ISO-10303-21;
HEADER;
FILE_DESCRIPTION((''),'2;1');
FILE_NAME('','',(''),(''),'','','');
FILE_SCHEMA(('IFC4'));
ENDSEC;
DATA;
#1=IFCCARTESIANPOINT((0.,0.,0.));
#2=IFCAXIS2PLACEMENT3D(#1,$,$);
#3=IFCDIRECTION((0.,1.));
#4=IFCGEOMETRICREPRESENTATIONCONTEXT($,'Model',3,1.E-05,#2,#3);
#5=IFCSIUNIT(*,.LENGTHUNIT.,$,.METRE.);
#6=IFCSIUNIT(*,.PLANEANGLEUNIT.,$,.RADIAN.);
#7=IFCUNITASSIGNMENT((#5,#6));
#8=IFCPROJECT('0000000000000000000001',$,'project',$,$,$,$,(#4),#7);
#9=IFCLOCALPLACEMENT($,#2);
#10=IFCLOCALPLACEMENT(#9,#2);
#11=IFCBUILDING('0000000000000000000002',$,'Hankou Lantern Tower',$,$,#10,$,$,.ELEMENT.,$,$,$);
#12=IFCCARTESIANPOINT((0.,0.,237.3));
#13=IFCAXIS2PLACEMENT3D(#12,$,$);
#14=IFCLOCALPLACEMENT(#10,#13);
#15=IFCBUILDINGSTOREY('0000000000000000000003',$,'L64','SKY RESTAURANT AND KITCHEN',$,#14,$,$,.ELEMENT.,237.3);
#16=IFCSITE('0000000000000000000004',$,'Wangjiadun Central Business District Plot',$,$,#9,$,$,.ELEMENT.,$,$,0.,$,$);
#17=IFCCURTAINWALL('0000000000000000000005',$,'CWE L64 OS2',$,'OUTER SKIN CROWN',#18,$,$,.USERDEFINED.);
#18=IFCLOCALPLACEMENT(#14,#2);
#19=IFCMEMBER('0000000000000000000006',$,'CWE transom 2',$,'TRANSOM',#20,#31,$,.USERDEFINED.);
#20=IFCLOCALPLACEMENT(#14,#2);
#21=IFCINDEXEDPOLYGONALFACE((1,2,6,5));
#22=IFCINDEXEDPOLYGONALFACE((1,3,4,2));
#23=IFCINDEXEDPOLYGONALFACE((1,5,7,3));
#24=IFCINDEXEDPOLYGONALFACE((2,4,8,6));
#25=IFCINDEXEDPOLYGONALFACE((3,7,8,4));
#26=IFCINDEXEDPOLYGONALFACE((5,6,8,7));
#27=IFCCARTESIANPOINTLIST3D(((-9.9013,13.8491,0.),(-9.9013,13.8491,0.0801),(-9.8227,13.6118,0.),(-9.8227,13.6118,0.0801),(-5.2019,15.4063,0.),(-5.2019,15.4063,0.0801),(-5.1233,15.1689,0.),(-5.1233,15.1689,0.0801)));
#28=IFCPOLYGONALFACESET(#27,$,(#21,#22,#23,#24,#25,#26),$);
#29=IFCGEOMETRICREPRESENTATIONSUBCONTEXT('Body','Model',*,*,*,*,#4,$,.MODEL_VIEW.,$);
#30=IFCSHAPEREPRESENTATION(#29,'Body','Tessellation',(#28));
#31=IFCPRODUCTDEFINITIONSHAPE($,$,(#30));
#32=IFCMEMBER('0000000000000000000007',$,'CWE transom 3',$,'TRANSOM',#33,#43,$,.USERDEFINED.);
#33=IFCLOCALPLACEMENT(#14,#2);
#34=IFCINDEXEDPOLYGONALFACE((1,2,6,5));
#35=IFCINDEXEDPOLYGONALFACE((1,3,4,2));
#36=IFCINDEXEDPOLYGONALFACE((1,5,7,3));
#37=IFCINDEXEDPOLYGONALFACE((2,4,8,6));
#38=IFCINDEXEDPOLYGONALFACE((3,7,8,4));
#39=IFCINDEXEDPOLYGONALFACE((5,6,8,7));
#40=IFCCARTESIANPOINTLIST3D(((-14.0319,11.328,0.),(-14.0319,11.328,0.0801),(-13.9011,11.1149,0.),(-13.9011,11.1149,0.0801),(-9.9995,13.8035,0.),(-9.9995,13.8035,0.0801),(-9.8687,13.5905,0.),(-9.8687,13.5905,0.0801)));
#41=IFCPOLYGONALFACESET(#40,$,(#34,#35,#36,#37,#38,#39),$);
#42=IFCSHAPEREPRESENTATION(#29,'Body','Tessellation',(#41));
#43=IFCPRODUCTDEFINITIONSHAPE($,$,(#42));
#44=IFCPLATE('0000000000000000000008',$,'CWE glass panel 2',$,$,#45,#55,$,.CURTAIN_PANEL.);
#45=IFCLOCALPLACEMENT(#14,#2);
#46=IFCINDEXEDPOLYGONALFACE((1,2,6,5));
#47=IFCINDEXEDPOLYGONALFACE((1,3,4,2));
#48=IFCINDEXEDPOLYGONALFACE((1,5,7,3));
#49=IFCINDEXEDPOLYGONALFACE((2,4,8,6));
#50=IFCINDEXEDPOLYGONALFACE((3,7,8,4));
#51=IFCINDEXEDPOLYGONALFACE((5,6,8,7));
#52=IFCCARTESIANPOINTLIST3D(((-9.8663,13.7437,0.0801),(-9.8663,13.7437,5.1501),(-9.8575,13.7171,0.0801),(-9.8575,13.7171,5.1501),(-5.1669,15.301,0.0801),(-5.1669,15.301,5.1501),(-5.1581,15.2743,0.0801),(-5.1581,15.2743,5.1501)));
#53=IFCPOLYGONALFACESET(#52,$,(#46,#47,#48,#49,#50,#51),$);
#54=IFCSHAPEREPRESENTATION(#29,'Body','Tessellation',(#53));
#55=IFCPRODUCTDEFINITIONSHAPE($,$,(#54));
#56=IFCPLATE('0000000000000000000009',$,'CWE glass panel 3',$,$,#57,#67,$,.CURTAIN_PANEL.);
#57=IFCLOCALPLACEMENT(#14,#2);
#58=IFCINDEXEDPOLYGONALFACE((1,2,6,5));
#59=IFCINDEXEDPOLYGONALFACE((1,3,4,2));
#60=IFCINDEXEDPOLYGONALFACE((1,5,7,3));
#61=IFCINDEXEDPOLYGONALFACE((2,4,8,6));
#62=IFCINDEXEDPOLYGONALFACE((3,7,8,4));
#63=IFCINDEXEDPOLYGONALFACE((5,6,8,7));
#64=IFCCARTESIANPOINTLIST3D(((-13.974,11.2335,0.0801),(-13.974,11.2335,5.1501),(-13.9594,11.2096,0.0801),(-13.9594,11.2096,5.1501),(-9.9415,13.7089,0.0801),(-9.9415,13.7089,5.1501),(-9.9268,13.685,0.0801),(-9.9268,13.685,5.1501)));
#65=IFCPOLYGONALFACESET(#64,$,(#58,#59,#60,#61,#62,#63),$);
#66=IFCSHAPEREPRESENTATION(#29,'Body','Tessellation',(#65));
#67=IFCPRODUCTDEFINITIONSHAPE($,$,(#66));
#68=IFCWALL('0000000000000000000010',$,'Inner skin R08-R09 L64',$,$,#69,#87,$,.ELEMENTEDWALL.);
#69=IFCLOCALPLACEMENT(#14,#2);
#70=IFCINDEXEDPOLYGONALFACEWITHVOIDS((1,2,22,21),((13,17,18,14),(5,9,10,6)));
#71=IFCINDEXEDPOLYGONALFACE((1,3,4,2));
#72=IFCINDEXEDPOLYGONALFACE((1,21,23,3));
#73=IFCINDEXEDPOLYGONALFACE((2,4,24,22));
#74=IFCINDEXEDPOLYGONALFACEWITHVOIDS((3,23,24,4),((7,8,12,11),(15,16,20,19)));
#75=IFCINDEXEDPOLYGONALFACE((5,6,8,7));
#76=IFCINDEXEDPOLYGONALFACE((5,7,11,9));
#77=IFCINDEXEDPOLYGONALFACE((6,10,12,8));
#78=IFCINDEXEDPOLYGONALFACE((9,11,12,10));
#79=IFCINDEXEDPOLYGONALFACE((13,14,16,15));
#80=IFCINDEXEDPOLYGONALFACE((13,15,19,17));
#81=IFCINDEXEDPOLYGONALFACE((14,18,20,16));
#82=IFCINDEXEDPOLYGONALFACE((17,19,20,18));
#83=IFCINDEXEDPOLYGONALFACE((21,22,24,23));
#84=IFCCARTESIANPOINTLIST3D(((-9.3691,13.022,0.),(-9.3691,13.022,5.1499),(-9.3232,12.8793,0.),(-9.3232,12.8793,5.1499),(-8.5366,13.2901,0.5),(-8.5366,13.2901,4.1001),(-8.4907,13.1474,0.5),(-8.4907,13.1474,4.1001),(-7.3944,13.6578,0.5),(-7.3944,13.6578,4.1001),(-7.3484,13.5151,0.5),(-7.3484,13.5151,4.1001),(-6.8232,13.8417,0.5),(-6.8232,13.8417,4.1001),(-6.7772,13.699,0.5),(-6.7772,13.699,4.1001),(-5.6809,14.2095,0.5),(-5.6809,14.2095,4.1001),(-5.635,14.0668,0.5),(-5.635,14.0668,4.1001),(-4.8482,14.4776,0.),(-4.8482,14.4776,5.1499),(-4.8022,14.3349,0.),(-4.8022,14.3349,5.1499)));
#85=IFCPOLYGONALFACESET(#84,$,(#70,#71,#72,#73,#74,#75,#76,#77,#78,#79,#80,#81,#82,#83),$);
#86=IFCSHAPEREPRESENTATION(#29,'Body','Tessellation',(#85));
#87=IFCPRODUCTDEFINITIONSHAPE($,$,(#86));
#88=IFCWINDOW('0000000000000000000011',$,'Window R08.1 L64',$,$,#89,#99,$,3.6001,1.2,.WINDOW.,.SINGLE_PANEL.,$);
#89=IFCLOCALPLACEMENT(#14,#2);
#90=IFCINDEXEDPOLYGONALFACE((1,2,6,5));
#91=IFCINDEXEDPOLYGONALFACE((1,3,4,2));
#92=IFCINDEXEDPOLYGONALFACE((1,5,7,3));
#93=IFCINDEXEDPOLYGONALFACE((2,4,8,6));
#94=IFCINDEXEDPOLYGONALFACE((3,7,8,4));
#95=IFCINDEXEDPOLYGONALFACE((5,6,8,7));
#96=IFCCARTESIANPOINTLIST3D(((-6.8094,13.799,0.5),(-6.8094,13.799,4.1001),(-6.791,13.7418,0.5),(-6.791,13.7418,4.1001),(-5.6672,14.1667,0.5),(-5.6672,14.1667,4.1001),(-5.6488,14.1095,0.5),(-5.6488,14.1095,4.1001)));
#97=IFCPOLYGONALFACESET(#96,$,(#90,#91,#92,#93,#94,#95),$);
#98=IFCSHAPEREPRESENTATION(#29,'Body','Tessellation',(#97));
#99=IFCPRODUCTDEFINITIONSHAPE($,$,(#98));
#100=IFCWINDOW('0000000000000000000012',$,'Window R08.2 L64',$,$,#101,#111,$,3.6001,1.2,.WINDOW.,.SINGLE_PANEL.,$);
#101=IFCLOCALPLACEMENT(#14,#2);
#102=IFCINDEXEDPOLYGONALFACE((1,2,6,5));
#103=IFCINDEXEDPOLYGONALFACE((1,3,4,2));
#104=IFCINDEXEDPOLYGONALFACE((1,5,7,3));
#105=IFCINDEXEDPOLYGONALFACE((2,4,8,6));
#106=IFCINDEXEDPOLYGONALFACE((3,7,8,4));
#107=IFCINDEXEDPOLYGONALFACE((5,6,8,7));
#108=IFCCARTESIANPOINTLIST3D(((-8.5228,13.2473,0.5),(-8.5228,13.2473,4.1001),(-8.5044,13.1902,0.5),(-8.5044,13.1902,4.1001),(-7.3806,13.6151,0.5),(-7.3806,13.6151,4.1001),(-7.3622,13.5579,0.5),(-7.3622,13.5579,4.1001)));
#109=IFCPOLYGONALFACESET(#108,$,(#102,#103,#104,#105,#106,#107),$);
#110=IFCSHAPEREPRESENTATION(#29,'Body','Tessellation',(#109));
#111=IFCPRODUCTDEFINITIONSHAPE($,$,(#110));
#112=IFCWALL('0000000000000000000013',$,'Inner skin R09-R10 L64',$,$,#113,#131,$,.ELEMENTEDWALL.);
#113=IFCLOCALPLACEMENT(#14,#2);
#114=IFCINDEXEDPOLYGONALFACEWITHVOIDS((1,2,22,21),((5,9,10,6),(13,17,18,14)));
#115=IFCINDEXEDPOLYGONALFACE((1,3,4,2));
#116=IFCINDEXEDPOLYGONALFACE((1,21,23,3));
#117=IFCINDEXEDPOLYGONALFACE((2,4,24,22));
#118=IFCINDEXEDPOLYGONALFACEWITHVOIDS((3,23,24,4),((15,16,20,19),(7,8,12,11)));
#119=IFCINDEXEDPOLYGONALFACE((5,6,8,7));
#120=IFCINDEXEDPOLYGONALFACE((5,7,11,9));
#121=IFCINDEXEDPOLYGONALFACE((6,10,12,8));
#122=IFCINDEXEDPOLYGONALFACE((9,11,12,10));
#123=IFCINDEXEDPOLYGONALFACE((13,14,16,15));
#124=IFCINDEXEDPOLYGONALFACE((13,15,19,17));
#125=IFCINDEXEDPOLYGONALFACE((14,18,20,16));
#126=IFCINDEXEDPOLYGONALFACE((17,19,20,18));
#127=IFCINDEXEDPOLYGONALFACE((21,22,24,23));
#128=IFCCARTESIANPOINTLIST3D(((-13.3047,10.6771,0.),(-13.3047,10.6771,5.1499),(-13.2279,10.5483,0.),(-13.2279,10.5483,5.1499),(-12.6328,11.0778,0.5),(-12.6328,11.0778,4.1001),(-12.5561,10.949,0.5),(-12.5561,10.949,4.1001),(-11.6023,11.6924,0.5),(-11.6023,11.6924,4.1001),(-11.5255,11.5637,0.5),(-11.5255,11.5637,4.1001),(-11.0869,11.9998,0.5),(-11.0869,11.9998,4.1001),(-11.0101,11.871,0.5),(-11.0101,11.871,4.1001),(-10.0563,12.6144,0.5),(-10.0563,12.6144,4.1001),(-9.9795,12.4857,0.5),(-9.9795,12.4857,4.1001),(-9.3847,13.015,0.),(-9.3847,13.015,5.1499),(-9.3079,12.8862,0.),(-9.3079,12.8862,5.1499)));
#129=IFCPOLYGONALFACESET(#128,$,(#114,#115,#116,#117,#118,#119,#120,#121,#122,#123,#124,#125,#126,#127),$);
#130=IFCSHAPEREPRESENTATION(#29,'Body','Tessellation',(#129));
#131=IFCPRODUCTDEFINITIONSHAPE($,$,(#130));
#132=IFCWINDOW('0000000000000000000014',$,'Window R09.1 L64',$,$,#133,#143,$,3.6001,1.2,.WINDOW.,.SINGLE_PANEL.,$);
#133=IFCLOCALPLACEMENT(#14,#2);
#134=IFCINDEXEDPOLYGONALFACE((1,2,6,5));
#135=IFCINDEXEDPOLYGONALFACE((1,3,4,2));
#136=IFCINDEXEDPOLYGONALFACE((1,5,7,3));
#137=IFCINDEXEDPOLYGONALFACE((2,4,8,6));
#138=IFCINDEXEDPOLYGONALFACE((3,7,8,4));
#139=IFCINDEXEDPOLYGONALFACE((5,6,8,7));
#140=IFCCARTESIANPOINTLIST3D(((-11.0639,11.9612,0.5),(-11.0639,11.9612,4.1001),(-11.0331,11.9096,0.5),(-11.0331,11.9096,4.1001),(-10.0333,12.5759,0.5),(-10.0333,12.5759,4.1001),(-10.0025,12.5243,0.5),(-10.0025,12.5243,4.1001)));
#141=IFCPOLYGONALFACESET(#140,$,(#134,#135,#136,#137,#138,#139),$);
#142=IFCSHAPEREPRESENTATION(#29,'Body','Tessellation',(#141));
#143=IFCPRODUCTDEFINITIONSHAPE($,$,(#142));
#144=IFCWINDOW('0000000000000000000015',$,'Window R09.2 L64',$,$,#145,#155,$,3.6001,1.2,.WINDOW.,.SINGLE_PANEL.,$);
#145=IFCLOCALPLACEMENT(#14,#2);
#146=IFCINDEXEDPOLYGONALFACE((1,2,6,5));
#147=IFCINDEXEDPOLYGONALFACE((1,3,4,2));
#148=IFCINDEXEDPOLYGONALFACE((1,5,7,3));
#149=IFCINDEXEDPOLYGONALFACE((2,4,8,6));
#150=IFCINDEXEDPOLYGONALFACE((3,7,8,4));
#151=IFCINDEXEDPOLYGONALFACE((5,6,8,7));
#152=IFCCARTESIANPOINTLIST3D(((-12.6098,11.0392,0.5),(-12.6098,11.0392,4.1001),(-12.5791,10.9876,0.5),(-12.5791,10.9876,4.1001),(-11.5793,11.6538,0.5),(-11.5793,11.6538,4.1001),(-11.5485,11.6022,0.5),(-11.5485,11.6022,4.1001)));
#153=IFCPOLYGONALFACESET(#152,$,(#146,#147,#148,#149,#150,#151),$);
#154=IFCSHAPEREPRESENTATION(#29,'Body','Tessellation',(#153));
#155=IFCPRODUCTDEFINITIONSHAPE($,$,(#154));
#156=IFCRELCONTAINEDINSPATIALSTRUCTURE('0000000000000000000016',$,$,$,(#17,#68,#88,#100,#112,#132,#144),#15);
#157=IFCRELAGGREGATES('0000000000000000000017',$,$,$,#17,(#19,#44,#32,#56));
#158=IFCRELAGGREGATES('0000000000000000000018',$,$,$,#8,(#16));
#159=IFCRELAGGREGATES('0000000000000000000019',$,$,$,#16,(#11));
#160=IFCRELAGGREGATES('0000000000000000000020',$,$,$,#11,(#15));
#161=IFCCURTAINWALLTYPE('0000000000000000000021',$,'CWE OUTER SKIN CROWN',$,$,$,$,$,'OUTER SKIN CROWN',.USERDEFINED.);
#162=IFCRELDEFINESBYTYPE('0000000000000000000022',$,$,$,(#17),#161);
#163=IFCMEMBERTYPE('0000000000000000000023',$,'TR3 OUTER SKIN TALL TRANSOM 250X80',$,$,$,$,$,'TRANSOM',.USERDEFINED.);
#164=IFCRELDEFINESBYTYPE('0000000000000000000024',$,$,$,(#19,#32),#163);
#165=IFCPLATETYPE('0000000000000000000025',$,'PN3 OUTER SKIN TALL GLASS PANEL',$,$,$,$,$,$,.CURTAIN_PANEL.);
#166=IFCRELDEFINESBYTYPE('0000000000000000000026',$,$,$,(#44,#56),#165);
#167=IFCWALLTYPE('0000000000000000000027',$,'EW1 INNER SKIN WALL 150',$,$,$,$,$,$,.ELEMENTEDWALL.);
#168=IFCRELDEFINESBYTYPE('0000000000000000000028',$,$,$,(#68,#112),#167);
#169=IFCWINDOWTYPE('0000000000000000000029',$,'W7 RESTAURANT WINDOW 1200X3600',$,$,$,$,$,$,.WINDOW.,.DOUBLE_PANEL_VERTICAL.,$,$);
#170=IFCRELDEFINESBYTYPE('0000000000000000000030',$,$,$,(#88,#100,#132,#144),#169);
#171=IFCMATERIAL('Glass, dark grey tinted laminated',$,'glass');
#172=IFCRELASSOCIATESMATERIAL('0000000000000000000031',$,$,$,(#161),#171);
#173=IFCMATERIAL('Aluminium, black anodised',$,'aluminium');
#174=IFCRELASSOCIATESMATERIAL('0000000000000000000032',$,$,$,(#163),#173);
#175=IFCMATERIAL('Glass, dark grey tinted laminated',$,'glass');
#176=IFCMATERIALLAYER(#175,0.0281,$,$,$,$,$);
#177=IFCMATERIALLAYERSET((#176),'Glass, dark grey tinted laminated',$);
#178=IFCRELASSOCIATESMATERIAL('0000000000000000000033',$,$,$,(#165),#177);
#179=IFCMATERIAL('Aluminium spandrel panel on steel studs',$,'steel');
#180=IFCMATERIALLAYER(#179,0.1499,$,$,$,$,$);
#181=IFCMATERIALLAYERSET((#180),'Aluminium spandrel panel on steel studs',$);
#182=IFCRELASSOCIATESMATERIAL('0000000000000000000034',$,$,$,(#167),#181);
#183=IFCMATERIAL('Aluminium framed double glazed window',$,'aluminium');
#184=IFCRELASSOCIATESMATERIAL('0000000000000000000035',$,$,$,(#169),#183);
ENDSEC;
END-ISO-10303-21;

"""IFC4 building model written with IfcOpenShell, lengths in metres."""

from ifc_helpers import new_model, si_unit, direction, frame, frame_2d, origin, origin_2d, place, context, subcontext, project, spatial, rectangle, extrude, material, layer, layer_set, material_profile, profile_set, type_object, element, fill, aggregate, save


model = new_model("IFC4")

# Units and contexts
model_context = context("Model", 3, precision=1e-05, world=origin(), true_north=direction((0.0, 1.0)))
body_context = subcontext(model_context, "Body", "Model", "MODEL_VIEW")
ifc_project = project(units=[si_unit("LENGTHUNIT", "METRE"), si_unit("PLANEANGLEUNIT", "RADIAN")], contexts=[model_context])

# Site, building, storey
site_placement = place(None, origin())
site = spatial("IfcSite", under=ifc_project, at=site_placement, Name="Wangjiadun Central Business District Plot", CompositionType="ELEMENT", RefElevation=0.0)
building_placement = place(site_placement, origin())
building = spatial("IfcBuilding", under=site, at=building_placement, Name="Hankou Lantern Tower", CompositionType="ELEMENT")
storey_placement = place(building_placement, frame((0.0, 0.0, 237.3)))
storey = spatial("IfcBuildingStorey", under=building, at=storey_placement, Name="L64", Description="SKY RESTAURANT AND KITCHEN", CompositionType="ELEMENT", Elevation=237.3)

# Curtain wall
ifc_material_1 = material(Name="Glass, dark grey tinted laminated", Category="glass")
curtain_wall_type = type_object("IfcCurtainWallType", Name="CWE OUTER SKIN CROWN", ElementType="OUTER SKIN CROWN", PredefinedType="USERDEFINED", material=ifc_material_1)
curtain_wall_placement = place(storey_placement, origin())
curtain_wall = element("IfcCurtainWall", 1, at=curtain_wall_placement, inside=storey, type_object=curtain_wall_type, Name="CWE L64 OS2", ObjectType="OUTER SKIN CROWN", PredefinedType="USERDEFINED")

# Members
ifc_material_2 = material(Name="Aluminium, black anodised", Category="aluminium")
ifc_material_profile_1 = material_profile(ifc_material_2, rectangle(XDim=0.25, YDim=0.0801, at=origin_2d()), Name="TR3 250X80")
ifc_profile_set_1 = profile_set([ifc_material_profile_1], Name="Aluminium, black anodised")
member_type_1 = type_object("IfcMemberType", Name="TR3 OUTER SKIN TALL TRANSOM 250X80", ElementType="TRANSOM", PredefinedType="USERDEFINED", material=ifc_profile_set_1)
member_1_placement = place(storey_placement, frame((-5.1626, 15.2876, 0.04), z_axis=(-0.949249, -0.314526, 0.0), x_axis=(0.314526, -0.949249, 0.0)))
member_1 = element("IfcMember", 2, at=member_1_placement, type_object=member_type_1, Name="CWE transom 2", ObjectType="TRANSOM", PredefinedType="USERDEFINED", context=body_context, shape_type="SweptSolid", body=[
    extrude(rectangle(XDim=0.25, YDim=0.0801, at=origin_2d()), origin(), (0.0, 0.0, 1.0), 4.9507),
])
member_2_placement = place(storey_placement, frame((-9.9341, 13.697, 0.04), z_axis=(-0.852218, -0.523187, 0.0), x_axis=(0.523187, -0.852218, 0.0)))
member_2 = element("IfcMember", 3, at=member_2_placement, type_object=member_type_1, Name="CWE transom 3", ObjectType="TRANSOM", PredefinedType="USERDEFINED", context=body_context, shape_type="SweptSolid", body=[
    extrude(rectangle(XDim=0.25, YDim=0.0801, at=origin_2d()), origin(), (0.0, 0.0, 1.0), 4.7317),
])

# Plates
ifc_material_3 = material(Name="Glass, dark grey tinted laminated", Category="glass")
ifc_layer_1 = layer(ifc_material_3, 0.0281)
ifc_layer_set_1 = layer_set([ifc_layer_1], Name="Glass, dark grey tinted laminated")
plate_type = type_object("IfcPlateType", Name="PN3 OUTER SKIN TALL GLASS PANEL", PredefinedType="CURTAIN_PANEL", material=ifc_layer_set_1)
plate_1_placement = place(storey_placement, frame((-7.5122, 14.509, 0.0801), z_axis=(0.0, 0.0, 1.0), x_axis=(-0.949241, -0.314551, 0.0)))
plate_1 = element("IfcPlate", 4, at=plate_1_placement, type_object=plate_type, Name="CWE glass panel 2", PredefinedType="CURTAIN_PANEL", context=body_context, shape_type="SweptSolid", body=[
    extrude(rectangle(XDim=4.9507, YDim=0.0281, at=origin_2d()), origin(), (0.0, 0.0, 1.0), 5.0701),
])
plate_2_placement = place(storey_placement, frame((-11.9504, 12.4592, 0.0801), z_axis=(0.0, 0.0, 1.0), x_axis=(-0.852237, -0.523156, 0.0)))
plate_2 = element("IfcPlate", 5, at=plate_2_placement, type_object=plate_type, Name="CWE glass panel 3", PredefinedType="CURTAIN_PANEL", context=body_context, shape_type="SweptSolid", body=[
    extrude(rectangle(XDim=4.7317, YDim=0.0281, at=origin_2d()), origin(), (0.0, 0.0, 1.0), 5.0701),
])
aggregate(curtain_wall, [member_1, plate_1, member_2, plate_2])

# Walls, openings, windows
ifc_material_4 = material(Name="Aluminium spandrel panel on steel studs", Category="steel")
ifc_layer_2 = layer(ifc_material_4, 0.1499)
ifc_layer_set_2 = layer_set([ifc_layer_2], Name="Aluminium spandrel panel on steel studs")
wall_type_1 = type_object("IfcWallType", Name="EW1 INNER SKIN WALL 150", PredefinedType="ELEMENTEDWALL", material=ifc_layer_set_2)
wall_1_placement = place(storey_placement, frame((-4.8252, 14.4062, 0.0), z_axis=(0.0, 0.0, 1.0), x_axis=(-0.951882, -0.306465, 0.0)))
wall_1 = element("IfcWall", 6, at=wall_1_placement, inside=storey, type_object=wall_type_1, Name="Inner skin R08-R09 L64", PredefinedType="ELEMENTEDWALL", context=body_context, shape_type="SweptSolid", body=[
    extrude(rectangle(XDim=4.7495, YDim=0.1499, at=frame_2d((2.3748, 0.0))), origin(), (0.0, 0.0, 1.0), 5.1499),
])
opening_1_placement = place(wall_1_placement, frame((0.8748, 0.0, 0.5)))
opening_1 = element("IfcOpeningElement", 7, at=opening_1_placement, cuts=wall_1, PredefinedType="OPENING", context=body_context, shape_type="SweptSolid", body=[
    extrude(rectangle(XDim=1.2, YDim=3.6001, at=frame_2d((0.6001, 1.8))), frame((0.0, 0.085, 0.0), z_axis=(0.0, -1.0, 0.0), x_axis=(1.0, 0.0, 0.0)), (0.0, 0.0, 1.0), 0.1699),
])
opening_2_placement = place(wall_1_placement, frame((2.6748, 0.0, 0.5)))
opening_2 = element("IfcOpeningElement", 8, at=opening_2_placement, cuts=wall_1, PredefinedType="OPENING", context=body_context, shape_type="SweptSolid", body=[
    extrude(rectangle(XDim=1.2, YDim=3.6001, at=frame_2d((0.6001, 1.8))), frame((0.0, 0.085, 0.0), z_axis=(0.0, -1.0, 0.0), x_axis=(1.0, 0.0, 0.0)), (0.0, 0.0, 1.0), 0.1699),
])
ifc_material_5 = material(Name="Aluminium framed double glazed window", Category="aluminium")
window_type = type_object("IfcWindowType", Name="W7 RESTAURANT WINDOW 1200X3600", PartitioningType="DOUBLE_PANEL_VERTICAL", PredefinedType="WINDOW", material=ifc_material_5)
window_1_placement = place(opening_1_placement, origin())
window_1 = element("IfcWindow", 9, at=window_1_placement, inside=storey, type_object=window_type, Name="Window R08.1 L64", OverallHeight=3.6001, OverallWidth=1.2, PartitioningType="SINGLE_PANEL", PredefinedType="WINDOW", context=body_context, shape_type="SweptSolid", body=[
    extrude(rectangle(XDim=1.2, YDim=3.6001, at=frame_2d((0.6001, 1.8))), frame((0.0, 0.03, 0.0), z_axis=(0.0, -1.0, 0.0), x_axis=(1.0, 0.0, 0.0)), (0.0, 0.0, 1.0), 0.0601),
])
fill(opening_1, window_1)
window_2_placement = place(opening_2_placement, origin())
window_2 = element("IfcWindow", 10, at=window_2_placement, inside=storey, type_object=window_type, Name="Window R08.2 L64", OverallHeight=3.6001, OverallWidth=1.2, PartitioningType="SINGLE_PANEL", PredefinedType="WINDOW", context=body_context, shape_type="SweptSolid", body=[
    extrude(rectangle(XDim=1.2, YDim=3.6001, at=frame_2d((0.6001, 1.8))), frame((0.0, 0.03, 0.0), z_axis=(0.0, -1.0, 0.0), x_axis=(1.0, 0.0, 0.0)), (0.0, 0.0, 1.0), 0.0601),
])
fill(opening_2, window_2)
wall_2_placement = place(storey_placement, frame((-9.3462, 12.9507, 0.0), z_axis=(0.0, 0.0, 1.0), x_axis=(-0.858849, -0.512228, 0.0)))
wall_2 = element("IfcWall", 11, at=wall_2_placement, inside=storey, type_object=wall_type_1, Name="Inner skin R09-R10 L64", PredefinedType="ELEMENTEDWALL", context=body_context, shape_type="SweptSolid", body=[
    extrude(rectangle(XDim=4.5642, YDim=0.1499, at=frame_2d((2.2822, 0.0))), origin(), (0.0, 0.0, 1.0), 5.1499),
])
opening_3_placement = place(wall_2_placement, frame((0.782, 0.0, 0.5)))
opening_3 = element("IfcOpeningElement", 12, at=opening_3_placement, cuts=wall_2, PredefinedType="OPENING", context=body_context, shape_type="SweptSolid", body=[
    extrude(rectangle(XDim=1.2, YDim=3.6001, at=frame_2d((0.6001, 1.8))), frame((0.0, 0.085, 0.0), z_axis=(0.0, -1.0, 0.0), x_axis=(1.0, 0.0, 0.0)), (0.0, 0.0, 1.0), 0.1699),
])
opening_4_placement = place(wall_2_placement, frame((2.582, 0.0, 0.5)))
opening_4 = element("IfcOpeningElement", 13, at=opening_4_placement, cuts=wall_2, PredefinedType="OPENING", context=body_context, shape_type="SweptSolid", body=[
    extrude(rectangle(XDim=1.2, YDim=3.6001, at=frame_2d((0.6001, 1.8))), frame((0.0, 0.085, 0.0), z_axis=(0.0, -1.0, 0.0), x_axis=(1.0, 0.0, 0.0)), (0.0, 0.0, 1.0), 0.1699),
])
window_3_placement = place(opening_3_placement, origin())
window_3 = element("IfcWindow", 14, at=window_3_placement, inside=storey, type_object=window_type, Name="Window R09.1 L64", OverallHeight=3.6001, OverallWidth=1.2, PartitioningType="SINGLE_PANEL", PredefinedType="WINDOW", context=body_context, shape_type="SweptSolid", body=[
    extrude(rectangle(XDim=1.2, YDim=3.6001, at=frame_2d((0.6001, 1.8))), frame((0.0, 0.03, 0.0), z_axis=(0.0, -1.0, 0.0), x_axis=(1.0, 0.0, 0.0)), (0.0, 0.0, 1.0), 0.0601),
])
fill(opening_3, window_3)
window_4_placement = place(opening_4_placement, origin())
window_4 = element("IfcWindow", 15, at=window_4_placement, inside=storey, type_object=window_type, Name="Window R09.2 L64", OverallHeight=3.6001, OverallWidth=1.2, PartitioningType="SINGLE_PANEL", PredefinedType="WINDOW", context=body_context, shape_type="SweptSolid", body=[
    extrude(rectangle(XDim=1.2, YDim=3.6001, at=frame_2d((0.6001, 1.8))), frame((0.0, 0.03, 0.0), z_axis=(0.0, -1.0, 0.0), x_axis=(1.0, 0.0, 0.0)), (0.0, 0.0, 1.0), 0.0601),
])
fill(opening_4, window_4)

save(model, "model.ifc")
